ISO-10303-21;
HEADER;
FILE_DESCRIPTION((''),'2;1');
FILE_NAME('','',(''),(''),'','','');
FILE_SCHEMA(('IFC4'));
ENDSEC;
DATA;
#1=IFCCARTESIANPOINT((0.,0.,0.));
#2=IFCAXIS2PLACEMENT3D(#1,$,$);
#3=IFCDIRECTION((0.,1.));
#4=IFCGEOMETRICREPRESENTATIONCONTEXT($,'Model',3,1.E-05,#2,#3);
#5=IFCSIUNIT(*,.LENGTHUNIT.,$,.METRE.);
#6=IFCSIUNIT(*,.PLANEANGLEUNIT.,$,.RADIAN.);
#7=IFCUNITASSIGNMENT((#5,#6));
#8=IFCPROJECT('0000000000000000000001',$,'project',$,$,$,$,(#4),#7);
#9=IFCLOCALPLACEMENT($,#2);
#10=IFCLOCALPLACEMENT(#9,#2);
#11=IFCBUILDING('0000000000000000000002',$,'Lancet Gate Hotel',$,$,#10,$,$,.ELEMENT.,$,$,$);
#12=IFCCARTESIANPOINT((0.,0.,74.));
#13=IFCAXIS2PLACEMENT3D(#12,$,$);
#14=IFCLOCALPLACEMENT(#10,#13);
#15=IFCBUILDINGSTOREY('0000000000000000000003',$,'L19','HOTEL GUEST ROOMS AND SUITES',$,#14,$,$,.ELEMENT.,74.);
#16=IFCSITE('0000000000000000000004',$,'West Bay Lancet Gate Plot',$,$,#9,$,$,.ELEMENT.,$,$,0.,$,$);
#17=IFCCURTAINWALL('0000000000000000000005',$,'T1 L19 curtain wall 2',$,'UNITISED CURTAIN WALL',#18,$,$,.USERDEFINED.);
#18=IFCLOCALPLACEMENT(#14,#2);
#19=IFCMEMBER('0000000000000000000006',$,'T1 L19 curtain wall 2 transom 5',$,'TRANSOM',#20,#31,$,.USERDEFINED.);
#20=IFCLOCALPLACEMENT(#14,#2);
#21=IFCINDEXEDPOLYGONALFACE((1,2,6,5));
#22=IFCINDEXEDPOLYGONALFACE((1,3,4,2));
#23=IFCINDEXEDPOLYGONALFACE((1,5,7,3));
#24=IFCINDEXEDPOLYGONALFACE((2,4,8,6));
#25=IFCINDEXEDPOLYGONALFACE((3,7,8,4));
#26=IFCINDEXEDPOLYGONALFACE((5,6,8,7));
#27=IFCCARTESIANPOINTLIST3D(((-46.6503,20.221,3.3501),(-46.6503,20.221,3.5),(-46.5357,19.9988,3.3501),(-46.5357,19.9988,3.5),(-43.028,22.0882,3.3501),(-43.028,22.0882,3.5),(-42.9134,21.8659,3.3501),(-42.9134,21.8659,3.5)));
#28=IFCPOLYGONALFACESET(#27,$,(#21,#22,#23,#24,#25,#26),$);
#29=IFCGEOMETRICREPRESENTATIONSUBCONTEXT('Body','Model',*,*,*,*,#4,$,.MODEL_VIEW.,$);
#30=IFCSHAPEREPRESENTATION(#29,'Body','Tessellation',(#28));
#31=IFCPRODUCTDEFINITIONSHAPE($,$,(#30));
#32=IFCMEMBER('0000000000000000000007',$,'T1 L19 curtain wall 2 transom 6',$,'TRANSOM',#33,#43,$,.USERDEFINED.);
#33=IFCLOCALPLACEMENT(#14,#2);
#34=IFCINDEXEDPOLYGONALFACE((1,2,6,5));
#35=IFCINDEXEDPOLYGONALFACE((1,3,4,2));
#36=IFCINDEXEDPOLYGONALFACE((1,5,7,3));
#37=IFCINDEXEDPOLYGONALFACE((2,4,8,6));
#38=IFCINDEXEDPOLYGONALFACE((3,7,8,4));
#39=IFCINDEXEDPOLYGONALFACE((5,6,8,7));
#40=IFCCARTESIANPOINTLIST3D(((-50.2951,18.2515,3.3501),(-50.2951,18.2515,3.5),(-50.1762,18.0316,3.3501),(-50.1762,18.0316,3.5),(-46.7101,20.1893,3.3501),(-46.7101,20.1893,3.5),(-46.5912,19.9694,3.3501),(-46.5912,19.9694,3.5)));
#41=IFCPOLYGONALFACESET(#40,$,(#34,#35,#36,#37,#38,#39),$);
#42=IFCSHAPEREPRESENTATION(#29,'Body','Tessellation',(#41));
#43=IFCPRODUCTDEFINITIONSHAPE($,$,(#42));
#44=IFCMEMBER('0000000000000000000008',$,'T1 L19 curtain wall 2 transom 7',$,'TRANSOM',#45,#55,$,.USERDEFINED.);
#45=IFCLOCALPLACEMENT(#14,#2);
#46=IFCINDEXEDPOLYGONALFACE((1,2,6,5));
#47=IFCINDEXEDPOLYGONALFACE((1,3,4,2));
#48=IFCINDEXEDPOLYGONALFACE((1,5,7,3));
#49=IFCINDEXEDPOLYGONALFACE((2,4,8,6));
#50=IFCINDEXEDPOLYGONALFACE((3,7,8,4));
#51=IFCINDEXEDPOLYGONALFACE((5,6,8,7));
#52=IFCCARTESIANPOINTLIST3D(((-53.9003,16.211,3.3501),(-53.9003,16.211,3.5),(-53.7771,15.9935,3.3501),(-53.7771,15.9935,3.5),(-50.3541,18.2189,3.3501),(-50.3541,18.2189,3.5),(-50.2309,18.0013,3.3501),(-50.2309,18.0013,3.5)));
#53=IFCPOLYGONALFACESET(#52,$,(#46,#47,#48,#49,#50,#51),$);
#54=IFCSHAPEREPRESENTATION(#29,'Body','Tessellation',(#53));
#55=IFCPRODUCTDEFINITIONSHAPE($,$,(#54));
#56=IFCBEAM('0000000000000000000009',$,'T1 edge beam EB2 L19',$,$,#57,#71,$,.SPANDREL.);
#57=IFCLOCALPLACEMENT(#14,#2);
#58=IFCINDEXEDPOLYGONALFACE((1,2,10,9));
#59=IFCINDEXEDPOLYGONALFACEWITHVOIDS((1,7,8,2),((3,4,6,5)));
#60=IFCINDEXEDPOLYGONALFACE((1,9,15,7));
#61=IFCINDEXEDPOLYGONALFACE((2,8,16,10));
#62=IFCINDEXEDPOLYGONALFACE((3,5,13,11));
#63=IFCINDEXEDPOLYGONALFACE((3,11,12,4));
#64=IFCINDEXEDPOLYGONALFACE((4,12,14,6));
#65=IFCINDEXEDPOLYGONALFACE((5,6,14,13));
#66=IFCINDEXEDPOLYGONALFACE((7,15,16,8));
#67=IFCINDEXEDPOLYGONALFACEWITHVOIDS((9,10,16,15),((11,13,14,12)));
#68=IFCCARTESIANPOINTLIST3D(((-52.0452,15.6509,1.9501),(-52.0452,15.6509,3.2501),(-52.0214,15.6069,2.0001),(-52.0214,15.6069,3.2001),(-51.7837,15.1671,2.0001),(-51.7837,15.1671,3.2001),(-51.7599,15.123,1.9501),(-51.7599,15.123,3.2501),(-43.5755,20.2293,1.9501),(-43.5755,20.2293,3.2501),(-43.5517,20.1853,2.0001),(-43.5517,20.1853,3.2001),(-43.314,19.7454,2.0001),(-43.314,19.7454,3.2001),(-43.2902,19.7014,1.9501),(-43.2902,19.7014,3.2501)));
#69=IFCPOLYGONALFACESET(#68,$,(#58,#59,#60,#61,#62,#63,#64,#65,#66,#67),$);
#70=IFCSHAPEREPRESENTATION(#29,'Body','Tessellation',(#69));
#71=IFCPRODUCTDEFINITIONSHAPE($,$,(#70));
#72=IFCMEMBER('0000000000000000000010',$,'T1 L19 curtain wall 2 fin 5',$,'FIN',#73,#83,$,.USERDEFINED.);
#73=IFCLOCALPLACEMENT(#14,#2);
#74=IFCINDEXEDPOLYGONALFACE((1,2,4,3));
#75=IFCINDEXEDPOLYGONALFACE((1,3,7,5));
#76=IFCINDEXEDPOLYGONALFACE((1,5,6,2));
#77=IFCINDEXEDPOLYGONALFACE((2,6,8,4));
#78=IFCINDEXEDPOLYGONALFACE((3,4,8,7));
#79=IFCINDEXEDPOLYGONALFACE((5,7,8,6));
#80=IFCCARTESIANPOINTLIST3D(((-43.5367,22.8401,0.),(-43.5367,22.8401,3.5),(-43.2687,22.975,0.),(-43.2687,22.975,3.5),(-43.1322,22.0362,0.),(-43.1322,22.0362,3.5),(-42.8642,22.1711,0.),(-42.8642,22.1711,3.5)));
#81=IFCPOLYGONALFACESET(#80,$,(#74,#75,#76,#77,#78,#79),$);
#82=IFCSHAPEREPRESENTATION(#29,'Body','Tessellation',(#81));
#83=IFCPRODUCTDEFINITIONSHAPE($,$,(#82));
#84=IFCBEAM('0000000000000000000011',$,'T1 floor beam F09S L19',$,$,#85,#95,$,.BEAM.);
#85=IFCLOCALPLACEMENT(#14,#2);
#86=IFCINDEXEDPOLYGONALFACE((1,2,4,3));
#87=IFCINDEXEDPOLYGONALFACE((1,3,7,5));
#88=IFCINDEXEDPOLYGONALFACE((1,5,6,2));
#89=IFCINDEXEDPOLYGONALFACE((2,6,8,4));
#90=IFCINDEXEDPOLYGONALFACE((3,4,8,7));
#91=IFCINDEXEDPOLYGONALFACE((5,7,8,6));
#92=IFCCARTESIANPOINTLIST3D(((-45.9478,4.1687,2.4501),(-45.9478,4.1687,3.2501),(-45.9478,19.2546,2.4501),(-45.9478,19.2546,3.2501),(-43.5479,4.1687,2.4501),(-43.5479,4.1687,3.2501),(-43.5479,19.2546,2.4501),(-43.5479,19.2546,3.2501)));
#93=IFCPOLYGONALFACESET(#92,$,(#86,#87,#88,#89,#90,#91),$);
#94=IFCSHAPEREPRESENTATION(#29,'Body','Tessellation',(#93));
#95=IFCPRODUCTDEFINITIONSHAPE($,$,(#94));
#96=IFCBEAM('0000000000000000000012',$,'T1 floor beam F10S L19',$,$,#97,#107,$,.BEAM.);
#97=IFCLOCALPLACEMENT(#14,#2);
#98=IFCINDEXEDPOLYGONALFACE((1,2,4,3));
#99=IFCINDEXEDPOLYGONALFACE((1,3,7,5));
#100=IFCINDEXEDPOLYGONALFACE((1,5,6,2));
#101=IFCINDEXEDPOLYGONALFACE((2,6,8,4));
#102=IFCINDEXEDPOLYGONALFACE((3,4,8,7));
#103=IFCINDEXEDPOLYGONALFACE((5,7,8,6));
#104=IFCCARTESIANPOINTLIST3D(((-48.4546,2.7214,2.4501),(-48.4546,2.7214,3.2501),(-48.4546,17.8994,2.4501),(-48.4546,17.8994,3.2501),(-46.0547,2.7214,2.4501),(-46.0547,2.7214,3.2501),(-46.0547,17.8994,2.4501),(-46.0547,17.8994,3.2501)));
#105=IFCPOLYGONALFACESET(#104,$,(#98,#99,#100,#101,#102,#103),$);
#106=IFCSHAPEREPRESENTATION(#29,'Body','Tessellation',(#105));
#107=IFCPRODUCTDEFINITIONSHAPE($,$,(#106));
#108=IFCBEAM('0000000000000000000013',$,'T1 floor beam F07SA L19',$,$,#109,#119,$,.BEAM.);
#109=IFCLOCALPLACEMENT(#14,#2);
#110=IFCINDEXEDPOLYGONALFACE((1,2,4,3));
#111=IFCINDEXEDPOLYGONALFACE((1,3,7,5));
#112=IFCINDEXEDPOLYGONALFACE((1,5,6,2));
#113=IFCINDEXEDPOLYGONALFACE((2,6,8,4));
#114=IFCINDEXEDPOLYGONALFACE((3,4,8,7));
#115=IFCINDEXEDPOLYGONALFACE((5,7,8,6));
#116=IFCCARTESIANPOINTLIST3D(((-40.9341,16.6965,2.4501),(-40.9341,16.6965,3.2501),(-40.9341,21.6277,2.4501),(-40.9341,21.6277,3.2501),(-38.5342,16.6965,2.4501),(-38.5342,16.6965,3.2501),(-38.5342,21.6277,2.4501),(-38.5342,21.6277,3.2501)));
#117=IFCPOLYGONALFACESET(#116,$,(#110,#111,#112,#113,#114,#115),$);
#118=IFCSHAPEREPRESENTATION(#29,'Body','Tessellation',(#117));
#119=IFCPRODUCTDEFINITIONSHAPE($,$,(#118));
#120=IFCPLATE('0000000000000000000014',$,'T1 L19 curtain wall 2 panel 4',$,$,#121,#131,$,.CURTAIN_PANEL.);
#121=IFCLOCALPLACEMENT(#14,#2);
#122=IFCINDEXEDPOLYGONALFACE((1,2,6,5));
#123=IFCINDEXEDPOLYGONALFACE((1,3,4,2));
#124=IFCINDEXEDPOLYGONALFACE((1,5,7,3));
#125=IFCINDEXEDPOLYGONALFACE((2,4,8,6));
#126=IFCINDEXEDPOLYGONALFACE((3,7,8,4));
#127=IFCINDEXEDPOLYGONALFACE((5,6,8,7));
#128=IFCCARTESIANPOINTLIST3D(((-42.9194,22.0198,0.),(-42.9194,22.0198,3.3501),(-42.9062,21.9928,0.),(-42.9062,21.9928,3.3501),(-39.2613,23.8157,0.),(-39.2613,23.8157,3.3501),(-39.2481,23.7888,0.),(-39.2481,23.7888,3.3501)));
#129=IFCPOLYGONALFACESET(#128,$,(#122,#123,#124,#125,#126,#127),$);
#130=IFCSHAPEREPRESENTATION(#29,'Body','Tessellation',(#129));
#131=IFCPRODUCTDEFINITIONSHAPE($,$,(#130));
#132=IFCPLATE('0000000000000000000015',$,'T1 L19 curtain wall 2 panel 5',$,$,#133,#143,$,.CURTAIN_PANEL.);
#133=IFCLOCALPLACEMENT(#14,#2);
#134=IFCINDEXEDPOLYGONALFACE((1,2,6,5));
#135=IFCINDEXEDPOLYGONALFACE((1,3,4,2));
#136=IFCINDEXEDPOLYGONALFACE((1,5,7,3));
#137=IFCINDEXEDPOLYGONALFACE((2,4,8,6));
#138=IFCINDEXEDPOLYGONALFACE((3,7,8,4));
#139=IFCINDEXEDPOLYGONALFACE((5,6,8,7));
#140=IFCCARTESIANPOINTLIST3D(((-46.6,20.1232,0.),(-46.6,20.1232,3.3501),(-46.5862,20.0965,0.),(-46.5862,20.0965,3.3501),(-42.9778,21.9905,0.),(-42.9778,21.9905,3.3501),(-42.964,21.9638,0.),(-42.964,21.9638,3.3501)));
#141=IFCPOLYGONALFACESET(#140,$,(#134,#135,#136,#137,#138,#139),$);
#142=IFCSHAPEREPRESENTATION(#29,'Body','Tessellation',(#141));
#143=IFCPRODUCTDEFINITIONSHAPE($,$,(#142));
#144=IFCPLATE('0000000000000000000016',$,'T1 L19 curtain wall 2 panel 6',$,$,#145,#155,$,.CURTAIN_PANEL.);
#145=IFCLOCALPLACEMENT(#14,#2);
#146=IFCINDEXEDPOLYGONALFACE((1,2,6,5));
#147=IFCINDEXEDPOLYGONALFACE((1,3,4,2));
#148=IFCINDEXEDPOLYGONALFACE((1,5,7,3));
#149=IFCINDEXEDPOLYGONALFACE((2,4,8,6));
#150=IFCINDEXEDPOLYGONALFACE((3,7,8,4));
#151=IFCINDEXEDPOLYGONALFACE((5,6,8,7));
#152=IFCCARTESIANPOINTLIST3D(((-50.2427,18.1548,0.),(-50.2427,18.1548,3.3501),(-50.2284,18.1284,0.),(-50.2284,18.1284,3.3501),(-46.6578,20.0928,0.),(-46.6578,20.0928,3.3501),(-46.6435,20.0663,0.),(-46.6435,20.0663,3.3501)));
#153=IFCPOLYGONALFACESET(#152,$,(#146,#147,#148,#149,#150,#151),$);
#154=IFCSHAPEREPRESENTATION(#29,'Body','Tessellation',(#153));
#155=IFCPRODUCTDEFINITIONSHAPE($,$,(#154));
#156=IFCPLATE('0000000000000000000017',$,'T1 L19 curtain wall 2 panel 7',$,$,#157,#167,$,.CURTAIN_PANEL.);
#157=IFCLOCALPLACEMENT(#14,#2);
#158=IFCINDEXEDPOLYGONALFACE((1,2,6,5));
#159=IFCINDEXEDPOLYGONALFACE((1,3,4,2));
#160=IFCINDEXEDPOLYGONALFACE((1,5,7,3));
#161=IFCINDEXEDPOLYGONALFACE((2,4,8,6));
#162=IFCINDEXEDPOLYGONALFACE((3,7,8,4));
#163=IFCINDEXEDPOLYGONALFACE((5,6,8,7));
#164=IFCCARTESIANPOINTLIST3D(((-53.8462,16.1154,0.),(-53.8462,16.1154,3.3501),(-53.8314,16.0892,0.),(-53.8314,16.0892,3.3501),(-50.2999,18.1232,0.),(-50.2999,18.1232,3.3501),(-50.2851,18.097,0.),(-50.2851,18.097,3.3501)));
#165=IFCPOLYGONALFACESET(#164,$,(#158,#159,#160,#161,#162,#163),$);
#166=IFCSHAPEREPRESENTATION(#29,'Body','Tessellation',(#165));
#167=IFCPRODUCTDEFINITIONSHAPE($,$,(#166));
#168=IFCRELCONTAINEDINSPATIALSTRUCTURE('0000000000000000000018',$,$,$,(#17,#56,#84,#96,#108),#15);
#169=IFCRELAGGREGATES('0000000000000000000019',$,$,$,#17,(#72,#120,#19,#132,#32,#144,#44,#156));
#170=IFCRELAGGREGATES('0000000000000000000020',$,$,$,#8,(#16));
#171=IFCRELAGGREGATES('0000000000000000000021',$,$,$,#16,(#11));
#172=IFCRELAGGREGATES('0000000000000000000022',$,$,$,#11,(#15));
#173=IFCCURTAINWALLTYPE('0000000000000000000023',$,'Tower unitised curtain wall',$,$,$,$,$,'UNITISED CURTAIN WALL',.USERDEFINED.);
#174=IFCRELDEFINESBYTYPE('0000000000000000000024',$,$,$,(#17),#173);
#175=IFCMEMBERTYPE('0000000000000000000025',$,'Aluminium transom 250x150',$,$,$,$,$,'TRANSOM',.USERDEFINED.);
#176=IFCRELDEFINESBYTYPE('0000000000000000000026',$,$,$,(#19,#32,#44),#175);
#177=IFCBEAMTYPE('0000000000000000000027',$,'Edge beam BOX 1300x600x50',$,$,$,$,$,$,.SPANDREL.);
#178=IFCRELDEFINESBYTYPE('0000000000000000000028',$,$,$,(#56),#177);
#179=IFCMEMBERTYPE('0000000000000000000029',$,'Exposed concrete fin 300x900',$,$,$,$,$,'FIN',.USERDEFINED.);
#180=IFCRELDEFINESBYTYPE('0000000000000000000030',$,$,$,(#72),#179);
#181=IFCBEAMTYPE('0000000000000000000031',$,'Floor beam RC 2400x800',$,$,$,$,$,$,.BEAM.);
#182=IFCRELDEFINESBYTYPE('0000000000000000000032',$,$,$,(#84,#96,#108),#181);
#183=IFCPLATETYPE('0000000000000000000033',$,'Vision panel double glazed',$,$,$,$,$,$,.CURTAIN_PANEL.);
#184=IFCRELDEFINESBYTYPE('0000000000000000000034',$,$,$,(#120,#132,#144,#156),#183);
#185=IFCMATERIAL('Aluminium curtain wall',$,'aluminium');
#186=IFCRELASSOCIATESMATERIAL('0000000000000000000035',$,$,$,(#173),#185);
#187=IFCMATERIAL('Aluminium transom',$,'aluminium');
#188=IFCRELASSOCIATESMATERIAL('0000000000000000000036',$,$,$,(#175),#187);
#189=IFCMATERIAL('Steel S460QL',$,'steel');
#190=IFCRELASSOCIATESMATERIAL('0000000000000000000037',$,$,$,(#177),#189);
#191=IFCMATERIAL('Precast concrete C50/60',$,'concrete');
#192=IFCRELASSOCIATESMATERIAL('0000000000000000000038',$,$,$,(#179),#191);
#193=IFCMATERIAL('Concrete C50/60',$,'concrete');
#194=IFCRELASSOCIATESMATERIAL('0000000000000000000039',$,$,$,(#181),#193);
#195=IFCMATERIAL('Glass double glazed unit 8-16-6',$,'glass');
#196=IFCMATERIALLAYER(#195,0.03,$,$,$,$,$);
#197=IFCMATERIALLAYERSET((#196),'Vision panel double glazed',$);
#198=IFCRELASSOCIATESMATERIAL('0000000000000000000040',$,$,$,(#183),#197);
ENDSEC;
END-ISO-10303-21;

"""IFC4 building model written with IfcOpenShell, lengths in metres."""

from ifc_helpers import new_model, si_unit, direction, frame, origin, origin_2d, place, context, subcontext, project, spatial, rectangle, hollow_rectangle, extrude, material, layer, layer_set, material_profile, profile_set, type_object, element, aggregate, save


model = new_model("IFC4")

# Units and contexts
model_context = context("Model", 3, precision=1e-05, world=origin(), true_north=direction((0.0, 1.0)))
body_context = subcontext(model_context, "Body", "Model", "MODEL_VIEW")
ifc_project = project(units=[si_unit("LENGTHUNIT", "METRE"), si_unit("PLANEANGLEUNIT", "RADIAN")], contexts=[model_context])

# Site, building, storey
site_placement = place(None, origin())
site = spatial("IfcSite", under=ifc_project, at=site_placement, Name="West Bay Lancet Gate Plot", CompositionType="ELEMENT", RefElevation=0.0)
building_placement = place(site_placement, origin())
building = spatial("IfcBuilding", under=site, at=building_placement, Name="Lancet Gate Hotel", CompositionType="ELEMENT")
storey_placement = place(building_placement, frame((0.0, 0.0, 74.0)))
storey = spatial("IfcBuildingStorey", under=building, at=storey_placement, Name="L19", Description="HOTEL GUEST ROOMS AND SUITES", CompositionType="ELEMENT", Elevation=74.0)

# Curtain wall, members
ifc_material_1 = material(Name="Aluminium curtain wall", Category="aluminium")
curtain_wall_type = type_object("IfcCurtainWallType", Name="Tower unitised curtain wall", ElementType="UNITISED CURTAIN WALL", PredefinedType="USERDEFINED", material=ifc_material_1)
curtain_wall_placement = place(storey_placement, origin())
curtain_wall = element("IfcCurtainWall", 1, at=curtain_wall_placement, inside=storey, type_object=curtain_wall_type, Name="T1 L19 curtain wall 2", ObjectType="UNITISED CURTAIN WALL", PredefinedType="USERDEFINED")
ifc_material_2 = material(Name="Aluminium transom", Category="aluminium")
ifc_material_profile_1 = material_profile(ifc_material_2, rectangle(XDim=0.25, YDim=0.1499, at=origin_2d()), Name="TRANSOM 250x150")
ifc_profile_set_1 = profile_set([ifc_material_profile_1], Name="Aluminium transom")
member_type_1 = type_object("IfcMemberType", Name="Aluminium transom 250x150", ElementType="TRANSOM", PredefinedType="USERDEFINED", material=ifc_profile_set_1)
member_1_placement = place(storey_placement, frame((-42.9707, 21.9771, 3.425), z_axis=(-0.88886, -0.458179, 0.0), x_axis=(0.458179, -0.88886, 0.0)))
member_1 = element("IfcMember", 2, at=member_1_placement, type_object=member_type_1, Name="T1 L19 curtain wall 2 transom 5", ObjectType="TRANSOM", PredefinedType="USERDEFINED", context=body_context, shape_type="SweptSolid", body=[
    extrude(rectangle(XDim=0.25, YDim=0.1499, at=origin_2d()), origin(), (0.0, 0.0, 1.0), 4.0752),
])
member_2_placement = place(storey_placement, frame((-46.6506, 20.0793, 3.425), z_axis=(-0.879714, -0.475503, 0.0), x_axis=(0.475503, -0.879714, 0.0)))
member_2 = element("IfcMember", 3, at=member_2_placement, type_object=member_type_1, Name="T1 L19 curtain wall 2 transom 6", ObjectType="TRANSOM", PredefinedType="USERDEFINED", context=body_context, shape_type="SweptSolid", body=[
    extrude(rectangle(XDim=0.25, YDim=0.1499, at=origin_2d()), origin(), (0.0, 0.0, 1.0), 4.0752),
])
member_3_placement = place(storey_placement, frame((-50.2925, 18.1101, 3.425), z_axis=(-0.870198, -0.492703, 0.0), x_axis=(0.492703, -0.870198, 0.0)))
member_3 = element("IfcMember", 4, at=member_3_placement, type_object=member_type_1, Name="T1 L19 curtain wall 2 transom 7", ObjectType="TRANSOM", PredefinedType="USERDEFINED", context=body_context, shape_type="SweptSolid", body=[
    extrude(rectangle(XDim=0.25, YDim=0.1499, at=origin_2d()), origin(), (0.0, 0.0, 1.0), 4.0752),
])

# Beam
ifc_material_3 = material(Name="Steel S460QL", Category="steel")
ifc_material_profile_2 = material_profile(ifc_material_3, hollow_rectangle(XDim=0.6001, YDim=1.3, WallThickness=0.05, at=origin_2d()), Name="BOX 1300x600x50")
ifc_profile_set_2 = profile_set([ifc_material_profile_2], Name="Steel S460QL")
beam_type_1 = type_object("IfcBeamType", Name="Edge beam BOX 1300x600x50", PredefinedType="SPANDREL", material=ifc_profile_set_2)
beam_1_placement = place(storey_placement, frame((-43.4329, 19.9653, 2.6001), z_axis=(-0.8797, -0.475528, 0.0), x_axis=(0.475528, -0.8797, 0.0)))
element("IfcBeam", 5, at=beam_1_placement, inside=storey, type_object=beam_type_1, Name="T1 edge beam EB2 L19", PredefinedType="SPANDREL", context=body_context, shape_type="SweptSolid", body=[
    extrude(hollow_rectangle(XDim=0.6001, YDim=1.3, WallThickness=0.05, at=origin_2d()), origin(), (0.0, 0.0, 1.0), 9.6279),
])

# Member
ifc_material_4 = material(Name="Precast concrete C50/60", Category="concrete")
ifc_material_profile_3 = material_profile(ifc_material_4, rectangle(XDim=0.3, YDim=0.8999, at=origin_2d()), Name="FIN 300x900")
ifc_profile_set_3 = profile_set([ifc_material_profile_3], Name="Precast concrete C50/60")
member_type_2 = type_object("IfcMemberType", Name="Exposed concrete fin 300x900", ElementType="FIN", PredefinedType="USERDEFINED", material=ifc_profile_set_3)
member_4_placement = place(storey_placement, frame((-43.2004, 22.5056, 0.0), z_axis=(0.0, 0.0, 1.0), x_axis=(-0.893292, -0.449478, 0.0)))
member_4 = element("IfcMember", 6, at=member_4_placement, type_object=member_type_2, Name="T1 L19 curtain wall 2 fin 5", ObjectType="FIN", PredefinedType="USERDEFINED", context=body_context, shape_type="SweptSolid", body=[
    extrude(rectangle(XDim=0.3, YDim=0.8999, at=origin_2d()), origin(), (0.0, 0.0, 1.0), 3.5),
])

# Beams
ifc_material_5 = material(Name="Concrete C50/60", Category="concrete")
ifc_material_profile_4 = material_profile(ifc_material_5, rectangle(XDim=2.3999, YDim=0.8, at=origin_2d()), Name="RC 2400x800")
ifc_profile_set_4 = profile_set([ifc_material_profile_4], Name="Concrete C50/60")
beam_type_2 = type_object("IfcBeamType", Name="Floor beam RC 2400x800", PredefinedType="BEAM", material=ifc_profile_set_4)
beam_2_placement = place(storey_placement, frame((-44.7478, 19.2546, 2.8501), z_axis=(0.0, -1.0, 0.0), x_axis=(1.0, 0.0, 0.0)))
element("IfcBeam", 7, at=beam_2_placement, inside=storey, type_object=beam_type_2, Name="T1 floor beam F09S L19", PredefinedType="BEAM", context=body_context, shape_type="SweptSolid", body=[
    extrude(rectangle(XDim=2.3999, YDim=0.8, at=origin_2d()), origin(), (0.0, 0.0, 1.0), 15.0859),
])
beam_3_placement = place(storey_placement, frame((-47.2546, 17.8994, 2.8501), z_axis=(0.0, -1.0, 0.0), x_axis=(1.0, 0.0, 0.0)))
element("IfcBeam", 8, at=beam_3_placement, inside=storey, type_object=beam_type_2, Name="T1 floor beam F10S L19", PredefinedType="BEAM", context=body_context, shape_type="SweptSolid", body=[
    extrude(rectangle(XDim=2.3999, YDim=0.8, at=origin_2d()), origin(), (0.0, 0.0, 1.0), 15.178),
])
beam_4_placement = place(storey_placement, frame((-39.7341, 21.6277, 2.8501), z_axis=(0.0, -1.0, 0.0), x_axis=(1.0, 0.0, 0.0)))
element("IfcBeam", 9, at=beam_4_placement, inside=storey, type_object=beam_type_2, Name="T1 floor beam F07SA L19", PredefinedType="BEAM", context=body_context, shape_type="SweptSolid", body=[
    extrude(rectangle(XDim=2.3999, YDim=0.8, at=origin_2d()), origin(), (0.0, 0.0, 1.0), 4.9312),
])

# Plates
ifc_material_6 = material(Name="Glass double glazed unit 8-16-6", Category="glass")
ifc_layer = layer(ifc_material_6, 0.03)
ifc_layer_set = layer_set([ifc_layer], Name="Vision panel double glazed")
plate_type = type_object("IfcPlateType", Name="Vision panel double glazed", PredefinedType="CURTAIN_PANEL", material=ifc_layer_set)
plate_1_placement = place(storey_placement, frame((-41.0837, 22.9043, 0.0), z_axis=(0.0, 0.0, 1.0), x_axis=(-0.897653, -0.440702, 0.0)))
plate_1 = element("IfcPlate", 10, at=plate_1_placement, type_object=plate_type, Name="T1 L19 curtain wall 2 panel 4", PredefinedType="CURTAIN_PANEL", context=body_context, shape_type="SweptSolid", body=[
    extrude(rectangle(XDim=4.0752, YDim=0.03, at=origin_2d()), origin(), (0.0, 0.0, 1.0), 3.3501),
])
plate_2_placement = place(storey_placement, frame((-44.782, 21.0435, 0.0), z_axis=(0.0, 0.0, 1.0), x_axis=(-0.888844, -0.45821, 0.0)))
plate_2 = element("IfcPlate", 11, at=plate_2_placement, type_object=plate_type, Name="T1 L19 curtain wall 2 panel 5", PredefinedType="CURTAIN_PANEL", context=body_context, shape_type="SweptSolid", body=[
    extrude(rectangle(XDim=4.0752, YDim=0.03, at=origin_2d()), origin(), (0.0, 0.0, 1.0), 3.3501),
])
plate_3_placement = place(storey_placement, frame((-48.4431, 19.1106, 0.0), z_axis=(0.0, 0.0, 1.0), x_axis=(-0.879693, -0.475541, 0.0)))
plate_3 = element("IfcPlate", 12, at=plate_3_placement, type_object=plate_type, Name="T1 L19 curtain wall 2 panel 6", PredefinedType="CURTAIN_PANEL", context=body_context, shape_type="SweptSolid", body=[
    extrude(rectangle(XDim=4.0752, YDim=0.03, at=origin_2d()), origin(), (0.0, 0.0, 1.0), 3.3501),
])
plate_4_placement = place(storey_placement, frame((-52.0657, 17.1062, 0.0), z_axis=(0.0, 0.0, 1.0), x_axis=(-0.870205, -0.49269, 0.0)))
plate_4 = element("IfcPlate", 13, at=plate_4_placement, type_object=plate_type, Name="T1 L19 curtain wall 2 panel 7", PredefinedType="CURTAIN_PANEL", context=body_context, shape_type="SweptSolid", body=[
    extrude(rectangle(XDim=4.0752, YDim=0.03, at=origin_2d()), origin(), (0.0, 0.0, 1.0), 3.3501),
])
aggregate(curtain_wall, [member_4, plate_1, member_1, plate_2, member_2, plate_3, member_3, plate_4])

save(model, "model.ifc")
